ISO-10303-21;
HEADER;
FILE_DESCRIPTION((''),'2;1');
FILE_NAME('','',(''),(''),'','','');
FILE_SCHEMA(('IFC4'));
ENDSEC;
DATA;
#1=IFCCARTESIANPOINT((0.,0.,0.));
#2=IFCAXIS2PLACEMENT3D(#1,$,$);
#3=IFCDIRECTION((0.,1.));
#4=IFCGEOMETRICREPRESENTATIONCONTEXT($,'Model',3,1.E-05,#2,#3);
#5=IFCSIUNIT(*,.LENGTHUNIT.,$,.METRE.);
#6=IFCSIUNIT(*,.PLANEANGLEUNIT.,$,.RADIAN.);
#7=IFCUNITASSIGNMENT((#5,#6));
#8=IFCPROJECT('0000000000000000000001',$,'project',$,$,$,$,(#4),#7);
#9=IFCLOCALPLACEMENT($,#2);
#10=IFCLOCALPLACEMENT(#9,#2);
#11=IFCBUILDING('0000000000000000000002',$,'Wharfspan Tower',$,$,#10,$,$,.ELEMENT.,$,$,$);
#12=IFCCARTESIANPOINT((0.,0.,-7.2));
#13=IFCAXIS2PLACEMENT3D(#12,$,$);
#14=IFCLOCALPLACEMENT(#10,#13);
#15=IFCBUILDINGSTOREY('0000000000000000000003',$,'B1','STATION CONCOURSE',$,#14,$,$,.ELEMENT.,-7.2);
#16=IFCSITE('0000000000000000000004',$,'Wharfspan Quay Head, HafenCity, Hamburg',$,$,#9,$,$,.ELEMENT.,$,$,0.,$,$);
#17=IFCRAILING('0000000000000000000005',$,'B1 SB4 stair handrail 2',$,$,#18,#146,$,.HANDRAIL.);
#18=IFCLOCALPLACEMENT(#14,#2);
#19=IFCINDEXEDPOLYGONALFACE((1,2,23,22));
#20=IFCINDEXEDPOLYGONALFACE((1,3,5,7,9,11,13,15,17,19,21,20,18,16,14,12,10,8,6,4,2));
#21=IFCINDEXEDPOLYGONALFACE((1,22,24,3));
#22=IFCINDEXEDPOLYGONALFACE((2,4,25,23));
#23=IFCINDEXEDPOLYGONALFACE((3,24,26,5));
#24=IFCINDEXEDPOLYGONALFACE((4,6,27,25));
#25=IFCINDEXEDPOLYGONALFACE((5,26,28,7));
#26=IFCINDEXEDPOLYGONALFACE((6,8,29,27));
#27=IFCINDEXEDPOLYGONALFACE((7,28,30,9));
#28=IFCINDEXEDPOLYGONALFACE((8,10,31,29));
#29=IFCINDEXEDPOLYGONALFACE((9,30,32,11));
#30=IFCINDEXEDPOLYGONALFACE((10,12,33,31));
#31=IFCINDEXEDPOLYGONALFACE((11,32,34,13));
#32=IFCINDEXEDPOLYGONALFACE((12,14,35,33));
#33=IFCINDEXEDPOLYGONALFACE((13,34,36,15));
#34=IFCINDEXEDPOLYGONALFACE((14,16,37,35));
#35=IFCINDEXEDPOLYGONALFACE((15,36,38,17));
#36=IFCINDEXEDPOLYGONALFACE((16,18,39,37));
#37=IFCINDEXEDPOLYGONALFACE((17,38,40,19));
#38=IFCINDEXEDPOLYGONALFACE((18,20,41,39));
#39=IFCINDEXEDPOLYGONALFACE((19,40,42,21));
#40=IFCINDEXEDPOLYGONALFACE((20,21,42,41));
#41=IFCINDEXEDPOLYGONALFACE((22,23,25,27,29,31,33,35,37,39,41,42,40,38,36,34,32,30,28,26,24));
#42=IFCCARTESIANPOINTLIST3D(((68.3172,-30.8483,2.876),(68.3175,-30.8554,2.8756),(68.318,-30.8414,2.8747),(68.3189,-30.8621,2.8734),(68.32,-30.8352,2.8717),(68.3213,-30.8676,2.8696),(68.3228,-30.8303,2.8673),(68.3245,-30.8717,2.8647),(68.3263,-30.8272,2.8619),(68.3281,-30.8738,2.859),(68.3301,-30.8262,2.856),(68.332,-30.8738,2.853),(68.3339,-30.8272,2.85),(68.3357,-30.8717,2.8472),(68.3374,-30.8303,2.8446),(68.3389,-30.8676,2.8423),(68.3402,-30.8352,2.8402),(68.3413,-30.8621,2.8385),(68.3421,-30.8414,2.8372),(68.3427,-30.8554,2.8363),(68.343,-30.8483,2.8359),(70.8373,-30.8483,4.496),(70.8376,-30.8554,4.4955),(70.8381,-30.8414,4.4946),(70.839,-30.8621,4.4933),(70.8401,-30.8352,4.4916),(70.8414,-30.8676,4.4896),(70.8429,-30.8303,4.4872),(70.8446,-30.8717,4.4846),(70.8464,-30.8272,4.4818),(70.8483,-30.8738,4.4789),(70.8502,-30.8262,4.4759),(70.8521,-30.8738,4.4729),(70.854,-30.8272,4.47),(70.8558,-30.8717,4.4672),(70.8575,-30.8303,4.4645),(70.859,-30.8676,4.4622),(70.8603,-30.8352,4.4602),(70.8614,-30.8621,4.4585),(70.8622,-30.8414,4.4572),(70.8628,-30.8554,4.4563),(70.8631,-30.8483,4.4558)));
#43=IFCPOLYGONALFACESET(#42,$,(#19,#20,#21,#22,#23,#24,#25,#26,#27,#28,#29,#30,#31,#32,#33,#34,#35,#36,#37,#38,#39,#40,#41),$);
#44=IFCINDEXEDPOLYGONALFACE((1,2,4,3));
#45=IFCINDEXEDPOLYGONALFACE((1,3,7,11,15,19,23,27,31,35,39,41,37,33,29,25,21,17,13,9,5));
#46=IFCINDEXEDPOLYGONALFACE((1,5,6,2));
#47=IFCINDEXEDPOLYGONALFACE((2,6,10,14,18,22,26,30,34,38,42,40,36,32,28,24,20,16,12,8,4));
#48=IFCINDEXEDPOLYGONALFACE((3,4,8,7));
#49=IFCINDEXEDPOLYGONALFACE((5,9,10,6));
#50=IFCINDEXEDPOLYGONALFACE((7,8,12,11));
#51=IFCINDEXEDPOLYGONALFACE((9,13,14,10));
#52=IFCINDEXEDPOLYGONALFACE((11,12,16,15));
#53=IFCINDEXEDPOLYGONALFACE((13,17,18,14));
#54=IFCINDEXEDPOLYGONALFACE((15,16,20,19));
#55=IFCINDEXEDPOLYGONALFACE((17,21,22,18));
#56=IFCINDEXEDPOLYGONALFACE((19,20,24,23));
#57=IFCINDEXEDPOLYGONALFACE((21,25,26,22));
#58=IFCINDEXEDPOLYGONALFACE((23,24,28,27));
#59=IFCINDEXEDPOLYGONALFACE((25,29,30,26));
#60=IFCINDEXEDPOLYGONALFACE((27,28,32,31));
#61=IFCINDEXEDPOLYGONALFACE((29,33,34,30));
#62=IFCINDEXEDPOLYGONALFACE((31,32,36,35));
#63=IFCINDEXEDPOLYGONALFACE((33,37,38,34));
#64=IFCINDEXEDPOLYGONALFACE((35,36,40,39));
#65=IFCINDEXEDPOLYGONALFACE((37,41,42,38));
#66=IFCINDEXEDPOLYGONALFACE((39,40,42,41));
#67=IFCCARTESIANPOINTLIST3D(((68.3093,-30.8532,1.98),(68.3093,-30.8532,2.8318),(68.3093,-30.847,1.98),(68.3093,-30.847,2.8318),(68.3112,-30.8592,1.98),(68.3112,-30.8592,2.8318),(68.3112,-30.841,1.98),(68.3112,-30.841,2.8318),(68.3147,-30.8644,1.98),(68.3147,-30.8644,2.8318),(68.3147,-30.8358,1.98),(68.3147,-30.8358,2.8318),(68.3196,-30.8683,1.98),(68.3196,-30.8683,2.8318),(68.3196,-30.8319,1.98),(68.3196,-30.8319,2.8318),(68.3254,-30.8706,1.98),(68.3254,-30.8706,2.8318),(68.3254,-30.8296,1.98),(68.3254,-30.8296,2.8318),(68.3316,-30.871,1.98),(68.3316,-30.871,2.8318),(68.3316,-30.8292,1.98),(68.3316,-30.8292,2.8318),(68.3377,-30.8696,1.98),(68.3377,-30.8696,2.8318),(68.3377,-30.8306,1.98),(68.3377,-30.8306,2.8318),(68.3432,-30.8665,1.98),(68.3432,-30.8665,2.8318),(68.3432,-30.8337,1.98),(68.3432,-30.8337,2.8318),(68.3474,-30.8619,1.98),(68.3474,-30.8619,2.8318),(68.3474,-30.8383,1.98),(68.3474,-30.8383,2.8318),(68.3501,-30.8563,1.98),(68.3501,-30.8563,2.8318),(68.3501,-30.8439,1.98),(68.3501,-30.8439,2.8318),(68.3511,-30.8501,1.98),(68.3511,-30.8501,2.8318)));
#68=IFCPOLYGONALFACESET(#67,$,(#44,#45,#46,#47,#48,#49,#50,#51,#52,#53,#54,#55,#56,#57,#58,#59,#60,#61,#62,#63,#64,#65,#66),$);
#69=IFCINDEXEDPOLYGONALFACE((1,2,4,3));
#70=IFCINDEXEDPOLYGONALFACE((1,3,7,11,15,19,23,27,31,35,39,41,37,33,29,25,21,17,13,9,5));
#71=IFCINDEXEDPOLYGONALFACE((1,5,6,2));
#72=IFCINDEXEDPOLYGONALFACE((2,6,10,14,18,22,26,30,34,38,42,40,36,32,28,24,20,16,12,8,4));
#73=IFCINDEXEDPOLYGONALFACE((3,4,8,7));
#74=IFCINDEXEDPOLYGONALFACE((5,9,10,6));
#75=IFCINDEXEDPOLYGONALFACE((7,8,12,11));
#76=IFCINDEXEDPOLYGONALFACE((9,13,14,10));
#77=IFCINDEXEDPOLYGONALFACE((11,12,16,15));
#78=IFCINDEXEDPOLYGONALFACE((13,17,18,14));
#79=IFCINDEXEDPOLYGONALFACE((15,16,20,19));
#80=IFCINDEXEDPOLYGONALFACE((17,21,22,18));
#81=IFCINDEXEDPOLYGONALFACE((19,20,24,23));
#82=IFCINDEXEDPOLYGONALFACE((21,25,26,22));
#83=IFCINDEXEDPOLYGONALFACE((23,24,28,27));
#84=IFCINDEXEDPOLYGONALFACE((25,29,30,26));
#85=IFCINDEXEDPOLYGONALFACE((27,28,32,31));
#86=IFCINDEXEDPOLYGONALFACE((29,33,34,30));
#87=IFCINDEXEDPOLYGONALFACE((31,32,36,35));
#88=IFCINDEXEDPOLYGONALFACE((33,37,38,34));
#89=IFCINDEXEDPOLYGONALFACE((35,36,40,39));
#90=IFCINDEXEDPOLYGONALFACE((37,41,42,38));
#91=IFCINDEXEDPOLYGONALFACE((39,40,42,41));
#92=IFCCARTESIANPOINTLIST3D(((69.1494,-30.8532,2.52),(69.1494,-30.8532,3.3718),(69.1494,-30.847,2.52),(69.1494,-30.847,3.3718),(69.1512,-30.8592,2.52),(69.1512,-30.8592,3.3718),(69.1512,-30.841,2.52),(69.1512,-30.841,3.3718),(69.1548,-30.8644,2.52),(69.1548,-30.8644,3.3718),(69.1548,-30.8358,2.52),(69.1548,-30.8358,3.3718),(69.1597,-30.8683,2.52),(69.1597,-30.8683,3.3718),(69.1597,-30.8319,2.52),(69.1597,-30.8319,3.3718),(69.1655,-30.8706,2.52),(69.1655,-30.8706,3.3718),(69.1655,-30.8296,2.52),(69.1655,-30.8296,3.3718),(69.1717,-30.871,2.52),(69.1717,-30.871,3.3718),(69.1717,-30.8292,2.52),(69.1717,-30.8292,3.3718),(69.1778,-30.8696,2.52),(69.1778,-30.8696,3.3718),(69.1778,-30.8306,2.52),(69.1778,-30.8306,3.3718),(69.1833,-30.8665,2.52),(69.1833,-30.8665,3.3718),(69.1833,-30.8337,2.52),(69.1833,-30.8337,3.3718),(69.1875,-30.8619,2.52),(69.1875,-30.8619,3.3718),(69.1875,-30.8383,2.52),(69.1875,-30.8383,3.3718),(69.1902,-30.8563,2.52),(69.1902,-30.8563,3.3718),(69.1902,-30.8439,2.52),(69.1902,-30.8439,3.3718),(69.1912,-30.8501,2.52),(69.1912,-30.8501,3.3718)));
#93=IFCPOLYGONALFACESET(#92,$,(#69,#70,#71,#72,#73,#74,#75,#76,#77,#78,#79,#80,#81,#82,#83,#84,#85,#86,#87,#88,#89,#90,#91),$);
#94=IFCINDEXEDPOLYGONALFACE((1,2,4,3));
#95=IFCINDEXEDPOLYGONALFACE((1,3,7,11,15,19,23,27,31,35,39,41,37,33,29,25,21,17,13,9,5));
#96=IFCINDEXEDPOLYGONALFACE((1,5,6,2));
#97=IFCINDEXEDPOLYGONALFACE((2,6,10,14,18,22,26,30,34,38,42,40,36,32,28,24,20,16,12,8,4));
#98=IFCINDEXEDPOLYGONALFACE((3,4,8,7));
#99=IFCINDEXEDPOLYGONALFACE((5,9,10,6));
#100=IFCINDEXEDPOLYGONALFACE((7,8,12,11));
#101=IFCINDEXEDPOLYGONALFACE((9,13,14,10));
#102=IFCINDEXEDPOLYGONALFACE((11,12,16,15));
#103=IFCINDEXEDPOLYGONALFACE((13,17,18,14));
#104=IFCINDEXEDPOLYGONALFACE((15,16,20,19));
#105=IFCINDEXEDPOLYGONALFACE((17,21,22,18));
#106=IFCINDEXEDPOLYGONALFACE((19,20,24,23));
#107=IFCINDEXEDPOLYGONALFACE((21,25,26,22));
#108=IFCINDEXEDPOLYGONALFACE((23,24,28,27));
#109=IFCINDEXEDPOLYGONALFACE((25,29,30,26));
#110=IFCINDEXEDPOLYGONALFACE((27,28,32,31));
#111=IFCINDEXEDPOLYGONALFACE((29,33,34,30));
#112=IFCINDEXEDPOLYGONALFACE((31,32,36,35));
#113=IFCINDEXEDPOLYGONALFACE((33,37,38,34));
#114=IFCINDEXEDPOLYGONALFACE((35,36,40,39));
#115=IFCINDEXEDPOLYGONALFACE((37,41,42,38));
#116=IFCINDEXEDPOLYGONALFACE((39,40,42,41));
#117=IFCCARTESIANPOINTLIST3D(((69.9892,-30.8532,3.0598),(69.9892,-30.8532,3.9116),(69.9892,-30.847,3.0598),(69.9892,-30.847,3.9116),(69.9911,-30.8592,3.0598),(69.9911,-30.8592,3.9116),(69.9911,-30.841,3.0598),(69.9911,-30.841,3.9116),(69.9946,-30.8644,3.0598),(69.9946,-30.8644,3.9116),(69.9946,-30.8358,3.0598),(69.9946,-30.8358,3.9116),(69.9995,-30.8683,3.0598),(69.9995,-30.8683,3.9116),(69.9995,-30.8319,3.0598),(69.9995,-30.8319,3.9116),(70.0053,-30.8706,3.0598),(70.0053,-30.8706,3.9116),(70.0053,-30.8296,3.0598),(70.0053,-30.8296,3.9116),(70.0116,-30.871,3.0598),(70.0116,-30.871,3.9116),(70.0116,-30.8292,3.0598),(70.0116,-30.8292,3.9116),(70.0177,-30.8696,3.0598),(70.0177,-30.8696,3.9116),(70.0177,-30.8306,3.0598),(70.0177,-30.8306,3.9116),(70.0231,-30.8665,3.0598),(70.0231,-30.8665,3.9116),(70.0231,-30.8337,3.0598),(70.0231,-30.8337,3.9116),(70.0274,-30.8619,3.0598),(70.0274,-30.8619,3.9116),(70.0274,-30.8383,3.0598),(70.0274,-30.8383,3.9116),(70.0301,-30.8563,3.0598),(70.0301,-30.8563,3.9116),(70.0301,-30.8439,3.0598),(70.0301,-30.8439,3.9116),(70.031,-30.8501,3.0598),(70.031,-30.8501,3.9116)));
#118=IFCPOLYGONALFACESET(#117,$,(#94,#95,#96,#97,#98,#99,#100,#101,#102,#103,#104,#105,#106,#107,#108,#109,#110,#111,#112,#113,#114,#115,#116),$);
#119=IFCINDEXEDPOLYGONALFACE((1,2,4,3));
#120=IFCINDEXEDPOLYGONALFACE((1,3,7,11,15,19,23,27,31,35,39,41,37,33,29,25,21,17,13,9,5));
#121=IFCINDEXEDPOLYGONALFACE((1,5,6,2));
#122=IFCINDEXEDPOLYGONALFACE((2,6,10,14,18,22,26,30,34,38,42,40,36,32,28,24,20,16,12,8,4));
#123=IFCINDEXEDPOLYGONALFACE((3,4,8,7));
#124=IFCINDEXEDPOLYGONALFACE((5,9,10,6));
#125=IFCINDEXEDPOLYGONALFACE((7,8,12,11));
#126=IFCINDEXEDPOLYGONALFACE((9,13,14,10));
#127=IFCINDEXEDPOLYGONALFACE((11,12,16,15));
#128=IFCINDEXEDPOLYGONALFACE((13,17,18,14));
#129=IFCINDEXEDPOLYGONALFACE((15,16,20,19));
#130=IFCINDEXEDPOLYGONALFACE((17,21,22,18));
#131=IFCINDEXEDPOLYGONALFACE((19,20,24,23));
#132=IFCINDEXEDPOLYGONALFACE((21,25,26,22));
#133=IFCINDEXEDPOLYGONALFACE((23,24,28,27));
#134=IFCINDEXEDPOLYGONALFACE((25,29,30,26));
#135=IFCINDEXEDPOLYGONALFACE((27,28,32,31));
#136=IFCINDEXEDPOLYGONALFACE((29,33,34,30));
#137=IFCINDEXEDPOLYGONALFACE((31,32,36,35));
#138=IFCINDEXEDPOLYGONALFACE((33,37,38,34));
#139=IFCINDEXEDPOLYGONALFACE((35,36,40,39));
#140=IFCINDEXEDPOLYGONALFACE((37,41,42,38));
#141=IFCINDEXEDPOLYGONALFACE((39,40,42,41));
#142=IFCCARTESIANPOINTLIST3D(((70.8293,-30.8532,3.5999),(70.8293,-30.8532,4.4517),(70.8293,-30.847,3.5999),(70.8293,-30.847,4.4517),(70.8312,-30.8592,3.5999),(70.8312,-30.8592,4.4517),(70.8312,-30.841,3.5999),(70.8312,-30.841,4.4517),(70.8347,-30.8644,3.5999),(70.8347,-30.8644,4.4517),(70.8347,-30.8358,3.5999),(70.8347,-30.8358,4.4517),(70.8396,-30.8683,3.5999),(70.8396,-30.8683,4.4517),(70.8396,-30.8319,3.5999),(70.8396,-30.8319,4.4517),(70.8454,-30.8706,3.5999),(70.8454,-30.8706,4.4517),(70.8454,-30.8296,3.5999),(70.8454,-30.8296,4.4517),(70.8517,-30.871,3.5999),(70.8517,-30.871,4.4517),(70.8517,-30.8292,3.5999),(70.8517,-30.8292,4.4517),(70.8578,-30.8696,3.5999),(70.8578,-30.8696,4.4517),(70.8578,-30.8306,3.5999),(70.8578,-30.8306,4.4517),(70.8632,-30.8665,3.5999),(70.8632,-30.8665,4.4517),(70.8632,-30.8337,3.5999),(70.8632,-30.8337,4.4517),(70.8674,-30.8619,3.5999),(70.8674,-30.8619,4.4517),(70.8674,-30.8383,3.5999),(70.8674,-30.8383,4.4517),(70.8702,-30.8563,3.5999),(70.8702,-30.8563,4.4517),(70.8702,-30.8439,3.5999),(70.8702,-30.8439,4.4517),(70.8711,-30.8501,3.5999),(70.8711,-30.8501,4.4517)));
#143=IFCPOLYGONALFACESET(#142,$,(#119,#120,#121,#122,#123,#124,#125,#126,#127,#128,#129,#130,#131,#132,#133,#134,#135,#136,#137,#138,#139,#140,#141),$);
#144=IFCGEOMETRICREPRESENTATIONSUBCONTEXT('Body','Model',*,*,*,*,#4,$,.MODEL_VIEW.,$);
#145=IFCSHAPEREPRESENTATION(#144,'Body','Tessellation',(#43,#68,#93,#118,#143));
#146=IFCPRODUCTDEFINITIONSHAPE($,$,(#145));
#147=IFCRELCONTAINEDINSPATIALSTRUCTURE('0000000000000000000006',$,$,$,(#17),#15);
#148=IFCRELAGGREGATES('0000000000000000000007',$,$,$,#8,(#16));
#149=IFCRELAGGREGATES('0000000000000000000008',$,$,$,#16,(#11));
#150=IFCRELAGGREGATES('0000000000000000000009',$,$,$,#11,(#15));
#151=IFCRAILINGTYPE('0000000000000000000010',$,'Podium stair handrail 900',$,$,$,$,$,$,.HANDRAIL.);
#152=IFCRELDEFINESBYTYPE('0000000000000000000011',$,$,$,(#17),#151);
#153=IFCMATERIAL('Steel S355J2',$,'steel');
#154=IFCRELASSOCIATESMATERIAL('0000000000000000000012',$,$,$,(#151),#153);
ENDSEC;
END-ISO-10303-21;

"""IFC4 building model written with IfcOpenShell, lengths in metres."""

from ifc_helpers import new_model, si_unit, direction, frame, origin, origin_2d, place, context, subcontext, project, spatial, circle, extrude, material, type_object, element, save


model = new_model("IFC4")

# Units and contexts
model_context = context("Model", 3, precision=1e-05, world=origin(), true_north=direction((0.0, 1.0)))
body_context = subcontext(model_context, "Body", "Model", "MODEL_VIEW")
ifc_project = project(units=[si_unit("LENGTHUNIT", "METRE"), si_unit("PLANEANGLEUNIT", "RADIAN")], contexts=[model_context])

# Site, building, storey
site_placement = place(None, origin())
site = spatial("IfcSite", under=ifc_project, at=site_placement, Name="Wharfspan Quay Head, HafenCity, Hamburg", CompositionType="ELEMENT", RefElevation=0.0)
building_placement = place(site_placement, origin())
building = spatial("IfcBuilding", under=site, at=building_placement, Name="Wharfspan Tower", CompositionType="ELEMENT")
storey_placement = place(building_placement, frame((0.0, 0.0, -7.2)))
storey = spatial("IfcBuildingStorey", under=building, at=storey_placement, Name="B1", Description="STATION CONCOURSE", CompositionType="ELEMENT", Elevation=-7.2)

# Railing
ifc_material_1 = material(Name="Steel S355J2", Category="steel")
railing_type_1 = type_object("IfcRailingType", Name="Podium stair handrail 900", PredefinedType="HANDRAIL", material=ifc_material_1)
railing_1_placement = place(storey_placement, frame((68.3301, -30.8501, 1.98)))
element("IfcRailing", 1, at=railing_1_placement, inside=storey, type_object=railing_type_1, Name="B1 SB4 stair handrail 2", PredefinedType="HANDRAIL", context=body_context, shape_type="SweptSolid", body=[
    extrude(circle(Radius=0.0239, at=origin_2d()), frame((0.0, 0.0, 0.876), z_axis=(0.8412, 0.0, 0.540725), x_axis=(0.0, 1.0, 0.0)), (0.0, 0.0, 1.0), 2.9958),
    extrude(circle(Radius=0.021, at=origin_2d()), origin(), (0.0, 0.0, 1.0), 0.8518),
    extrude(circle(Radius=0.021, at=origin_2d()), frame((0.8401, 0.0, 0.54)), (0.0, 0.0, 1.0), 0.8518),
    extrude(circle(Radius=0.021, at=origin_2d()), frame((1.6799, 0.0, 1.0798)), (0.0, 0.0, 1.0), 0.8518),
    extrude(circle(Radius=0.021, at=origin_2d()), frame((2.52, 0.0, 1.6199)), (0.0, 0.0, 1.0), 0.8518),
])

save(model, "model.ifc")
